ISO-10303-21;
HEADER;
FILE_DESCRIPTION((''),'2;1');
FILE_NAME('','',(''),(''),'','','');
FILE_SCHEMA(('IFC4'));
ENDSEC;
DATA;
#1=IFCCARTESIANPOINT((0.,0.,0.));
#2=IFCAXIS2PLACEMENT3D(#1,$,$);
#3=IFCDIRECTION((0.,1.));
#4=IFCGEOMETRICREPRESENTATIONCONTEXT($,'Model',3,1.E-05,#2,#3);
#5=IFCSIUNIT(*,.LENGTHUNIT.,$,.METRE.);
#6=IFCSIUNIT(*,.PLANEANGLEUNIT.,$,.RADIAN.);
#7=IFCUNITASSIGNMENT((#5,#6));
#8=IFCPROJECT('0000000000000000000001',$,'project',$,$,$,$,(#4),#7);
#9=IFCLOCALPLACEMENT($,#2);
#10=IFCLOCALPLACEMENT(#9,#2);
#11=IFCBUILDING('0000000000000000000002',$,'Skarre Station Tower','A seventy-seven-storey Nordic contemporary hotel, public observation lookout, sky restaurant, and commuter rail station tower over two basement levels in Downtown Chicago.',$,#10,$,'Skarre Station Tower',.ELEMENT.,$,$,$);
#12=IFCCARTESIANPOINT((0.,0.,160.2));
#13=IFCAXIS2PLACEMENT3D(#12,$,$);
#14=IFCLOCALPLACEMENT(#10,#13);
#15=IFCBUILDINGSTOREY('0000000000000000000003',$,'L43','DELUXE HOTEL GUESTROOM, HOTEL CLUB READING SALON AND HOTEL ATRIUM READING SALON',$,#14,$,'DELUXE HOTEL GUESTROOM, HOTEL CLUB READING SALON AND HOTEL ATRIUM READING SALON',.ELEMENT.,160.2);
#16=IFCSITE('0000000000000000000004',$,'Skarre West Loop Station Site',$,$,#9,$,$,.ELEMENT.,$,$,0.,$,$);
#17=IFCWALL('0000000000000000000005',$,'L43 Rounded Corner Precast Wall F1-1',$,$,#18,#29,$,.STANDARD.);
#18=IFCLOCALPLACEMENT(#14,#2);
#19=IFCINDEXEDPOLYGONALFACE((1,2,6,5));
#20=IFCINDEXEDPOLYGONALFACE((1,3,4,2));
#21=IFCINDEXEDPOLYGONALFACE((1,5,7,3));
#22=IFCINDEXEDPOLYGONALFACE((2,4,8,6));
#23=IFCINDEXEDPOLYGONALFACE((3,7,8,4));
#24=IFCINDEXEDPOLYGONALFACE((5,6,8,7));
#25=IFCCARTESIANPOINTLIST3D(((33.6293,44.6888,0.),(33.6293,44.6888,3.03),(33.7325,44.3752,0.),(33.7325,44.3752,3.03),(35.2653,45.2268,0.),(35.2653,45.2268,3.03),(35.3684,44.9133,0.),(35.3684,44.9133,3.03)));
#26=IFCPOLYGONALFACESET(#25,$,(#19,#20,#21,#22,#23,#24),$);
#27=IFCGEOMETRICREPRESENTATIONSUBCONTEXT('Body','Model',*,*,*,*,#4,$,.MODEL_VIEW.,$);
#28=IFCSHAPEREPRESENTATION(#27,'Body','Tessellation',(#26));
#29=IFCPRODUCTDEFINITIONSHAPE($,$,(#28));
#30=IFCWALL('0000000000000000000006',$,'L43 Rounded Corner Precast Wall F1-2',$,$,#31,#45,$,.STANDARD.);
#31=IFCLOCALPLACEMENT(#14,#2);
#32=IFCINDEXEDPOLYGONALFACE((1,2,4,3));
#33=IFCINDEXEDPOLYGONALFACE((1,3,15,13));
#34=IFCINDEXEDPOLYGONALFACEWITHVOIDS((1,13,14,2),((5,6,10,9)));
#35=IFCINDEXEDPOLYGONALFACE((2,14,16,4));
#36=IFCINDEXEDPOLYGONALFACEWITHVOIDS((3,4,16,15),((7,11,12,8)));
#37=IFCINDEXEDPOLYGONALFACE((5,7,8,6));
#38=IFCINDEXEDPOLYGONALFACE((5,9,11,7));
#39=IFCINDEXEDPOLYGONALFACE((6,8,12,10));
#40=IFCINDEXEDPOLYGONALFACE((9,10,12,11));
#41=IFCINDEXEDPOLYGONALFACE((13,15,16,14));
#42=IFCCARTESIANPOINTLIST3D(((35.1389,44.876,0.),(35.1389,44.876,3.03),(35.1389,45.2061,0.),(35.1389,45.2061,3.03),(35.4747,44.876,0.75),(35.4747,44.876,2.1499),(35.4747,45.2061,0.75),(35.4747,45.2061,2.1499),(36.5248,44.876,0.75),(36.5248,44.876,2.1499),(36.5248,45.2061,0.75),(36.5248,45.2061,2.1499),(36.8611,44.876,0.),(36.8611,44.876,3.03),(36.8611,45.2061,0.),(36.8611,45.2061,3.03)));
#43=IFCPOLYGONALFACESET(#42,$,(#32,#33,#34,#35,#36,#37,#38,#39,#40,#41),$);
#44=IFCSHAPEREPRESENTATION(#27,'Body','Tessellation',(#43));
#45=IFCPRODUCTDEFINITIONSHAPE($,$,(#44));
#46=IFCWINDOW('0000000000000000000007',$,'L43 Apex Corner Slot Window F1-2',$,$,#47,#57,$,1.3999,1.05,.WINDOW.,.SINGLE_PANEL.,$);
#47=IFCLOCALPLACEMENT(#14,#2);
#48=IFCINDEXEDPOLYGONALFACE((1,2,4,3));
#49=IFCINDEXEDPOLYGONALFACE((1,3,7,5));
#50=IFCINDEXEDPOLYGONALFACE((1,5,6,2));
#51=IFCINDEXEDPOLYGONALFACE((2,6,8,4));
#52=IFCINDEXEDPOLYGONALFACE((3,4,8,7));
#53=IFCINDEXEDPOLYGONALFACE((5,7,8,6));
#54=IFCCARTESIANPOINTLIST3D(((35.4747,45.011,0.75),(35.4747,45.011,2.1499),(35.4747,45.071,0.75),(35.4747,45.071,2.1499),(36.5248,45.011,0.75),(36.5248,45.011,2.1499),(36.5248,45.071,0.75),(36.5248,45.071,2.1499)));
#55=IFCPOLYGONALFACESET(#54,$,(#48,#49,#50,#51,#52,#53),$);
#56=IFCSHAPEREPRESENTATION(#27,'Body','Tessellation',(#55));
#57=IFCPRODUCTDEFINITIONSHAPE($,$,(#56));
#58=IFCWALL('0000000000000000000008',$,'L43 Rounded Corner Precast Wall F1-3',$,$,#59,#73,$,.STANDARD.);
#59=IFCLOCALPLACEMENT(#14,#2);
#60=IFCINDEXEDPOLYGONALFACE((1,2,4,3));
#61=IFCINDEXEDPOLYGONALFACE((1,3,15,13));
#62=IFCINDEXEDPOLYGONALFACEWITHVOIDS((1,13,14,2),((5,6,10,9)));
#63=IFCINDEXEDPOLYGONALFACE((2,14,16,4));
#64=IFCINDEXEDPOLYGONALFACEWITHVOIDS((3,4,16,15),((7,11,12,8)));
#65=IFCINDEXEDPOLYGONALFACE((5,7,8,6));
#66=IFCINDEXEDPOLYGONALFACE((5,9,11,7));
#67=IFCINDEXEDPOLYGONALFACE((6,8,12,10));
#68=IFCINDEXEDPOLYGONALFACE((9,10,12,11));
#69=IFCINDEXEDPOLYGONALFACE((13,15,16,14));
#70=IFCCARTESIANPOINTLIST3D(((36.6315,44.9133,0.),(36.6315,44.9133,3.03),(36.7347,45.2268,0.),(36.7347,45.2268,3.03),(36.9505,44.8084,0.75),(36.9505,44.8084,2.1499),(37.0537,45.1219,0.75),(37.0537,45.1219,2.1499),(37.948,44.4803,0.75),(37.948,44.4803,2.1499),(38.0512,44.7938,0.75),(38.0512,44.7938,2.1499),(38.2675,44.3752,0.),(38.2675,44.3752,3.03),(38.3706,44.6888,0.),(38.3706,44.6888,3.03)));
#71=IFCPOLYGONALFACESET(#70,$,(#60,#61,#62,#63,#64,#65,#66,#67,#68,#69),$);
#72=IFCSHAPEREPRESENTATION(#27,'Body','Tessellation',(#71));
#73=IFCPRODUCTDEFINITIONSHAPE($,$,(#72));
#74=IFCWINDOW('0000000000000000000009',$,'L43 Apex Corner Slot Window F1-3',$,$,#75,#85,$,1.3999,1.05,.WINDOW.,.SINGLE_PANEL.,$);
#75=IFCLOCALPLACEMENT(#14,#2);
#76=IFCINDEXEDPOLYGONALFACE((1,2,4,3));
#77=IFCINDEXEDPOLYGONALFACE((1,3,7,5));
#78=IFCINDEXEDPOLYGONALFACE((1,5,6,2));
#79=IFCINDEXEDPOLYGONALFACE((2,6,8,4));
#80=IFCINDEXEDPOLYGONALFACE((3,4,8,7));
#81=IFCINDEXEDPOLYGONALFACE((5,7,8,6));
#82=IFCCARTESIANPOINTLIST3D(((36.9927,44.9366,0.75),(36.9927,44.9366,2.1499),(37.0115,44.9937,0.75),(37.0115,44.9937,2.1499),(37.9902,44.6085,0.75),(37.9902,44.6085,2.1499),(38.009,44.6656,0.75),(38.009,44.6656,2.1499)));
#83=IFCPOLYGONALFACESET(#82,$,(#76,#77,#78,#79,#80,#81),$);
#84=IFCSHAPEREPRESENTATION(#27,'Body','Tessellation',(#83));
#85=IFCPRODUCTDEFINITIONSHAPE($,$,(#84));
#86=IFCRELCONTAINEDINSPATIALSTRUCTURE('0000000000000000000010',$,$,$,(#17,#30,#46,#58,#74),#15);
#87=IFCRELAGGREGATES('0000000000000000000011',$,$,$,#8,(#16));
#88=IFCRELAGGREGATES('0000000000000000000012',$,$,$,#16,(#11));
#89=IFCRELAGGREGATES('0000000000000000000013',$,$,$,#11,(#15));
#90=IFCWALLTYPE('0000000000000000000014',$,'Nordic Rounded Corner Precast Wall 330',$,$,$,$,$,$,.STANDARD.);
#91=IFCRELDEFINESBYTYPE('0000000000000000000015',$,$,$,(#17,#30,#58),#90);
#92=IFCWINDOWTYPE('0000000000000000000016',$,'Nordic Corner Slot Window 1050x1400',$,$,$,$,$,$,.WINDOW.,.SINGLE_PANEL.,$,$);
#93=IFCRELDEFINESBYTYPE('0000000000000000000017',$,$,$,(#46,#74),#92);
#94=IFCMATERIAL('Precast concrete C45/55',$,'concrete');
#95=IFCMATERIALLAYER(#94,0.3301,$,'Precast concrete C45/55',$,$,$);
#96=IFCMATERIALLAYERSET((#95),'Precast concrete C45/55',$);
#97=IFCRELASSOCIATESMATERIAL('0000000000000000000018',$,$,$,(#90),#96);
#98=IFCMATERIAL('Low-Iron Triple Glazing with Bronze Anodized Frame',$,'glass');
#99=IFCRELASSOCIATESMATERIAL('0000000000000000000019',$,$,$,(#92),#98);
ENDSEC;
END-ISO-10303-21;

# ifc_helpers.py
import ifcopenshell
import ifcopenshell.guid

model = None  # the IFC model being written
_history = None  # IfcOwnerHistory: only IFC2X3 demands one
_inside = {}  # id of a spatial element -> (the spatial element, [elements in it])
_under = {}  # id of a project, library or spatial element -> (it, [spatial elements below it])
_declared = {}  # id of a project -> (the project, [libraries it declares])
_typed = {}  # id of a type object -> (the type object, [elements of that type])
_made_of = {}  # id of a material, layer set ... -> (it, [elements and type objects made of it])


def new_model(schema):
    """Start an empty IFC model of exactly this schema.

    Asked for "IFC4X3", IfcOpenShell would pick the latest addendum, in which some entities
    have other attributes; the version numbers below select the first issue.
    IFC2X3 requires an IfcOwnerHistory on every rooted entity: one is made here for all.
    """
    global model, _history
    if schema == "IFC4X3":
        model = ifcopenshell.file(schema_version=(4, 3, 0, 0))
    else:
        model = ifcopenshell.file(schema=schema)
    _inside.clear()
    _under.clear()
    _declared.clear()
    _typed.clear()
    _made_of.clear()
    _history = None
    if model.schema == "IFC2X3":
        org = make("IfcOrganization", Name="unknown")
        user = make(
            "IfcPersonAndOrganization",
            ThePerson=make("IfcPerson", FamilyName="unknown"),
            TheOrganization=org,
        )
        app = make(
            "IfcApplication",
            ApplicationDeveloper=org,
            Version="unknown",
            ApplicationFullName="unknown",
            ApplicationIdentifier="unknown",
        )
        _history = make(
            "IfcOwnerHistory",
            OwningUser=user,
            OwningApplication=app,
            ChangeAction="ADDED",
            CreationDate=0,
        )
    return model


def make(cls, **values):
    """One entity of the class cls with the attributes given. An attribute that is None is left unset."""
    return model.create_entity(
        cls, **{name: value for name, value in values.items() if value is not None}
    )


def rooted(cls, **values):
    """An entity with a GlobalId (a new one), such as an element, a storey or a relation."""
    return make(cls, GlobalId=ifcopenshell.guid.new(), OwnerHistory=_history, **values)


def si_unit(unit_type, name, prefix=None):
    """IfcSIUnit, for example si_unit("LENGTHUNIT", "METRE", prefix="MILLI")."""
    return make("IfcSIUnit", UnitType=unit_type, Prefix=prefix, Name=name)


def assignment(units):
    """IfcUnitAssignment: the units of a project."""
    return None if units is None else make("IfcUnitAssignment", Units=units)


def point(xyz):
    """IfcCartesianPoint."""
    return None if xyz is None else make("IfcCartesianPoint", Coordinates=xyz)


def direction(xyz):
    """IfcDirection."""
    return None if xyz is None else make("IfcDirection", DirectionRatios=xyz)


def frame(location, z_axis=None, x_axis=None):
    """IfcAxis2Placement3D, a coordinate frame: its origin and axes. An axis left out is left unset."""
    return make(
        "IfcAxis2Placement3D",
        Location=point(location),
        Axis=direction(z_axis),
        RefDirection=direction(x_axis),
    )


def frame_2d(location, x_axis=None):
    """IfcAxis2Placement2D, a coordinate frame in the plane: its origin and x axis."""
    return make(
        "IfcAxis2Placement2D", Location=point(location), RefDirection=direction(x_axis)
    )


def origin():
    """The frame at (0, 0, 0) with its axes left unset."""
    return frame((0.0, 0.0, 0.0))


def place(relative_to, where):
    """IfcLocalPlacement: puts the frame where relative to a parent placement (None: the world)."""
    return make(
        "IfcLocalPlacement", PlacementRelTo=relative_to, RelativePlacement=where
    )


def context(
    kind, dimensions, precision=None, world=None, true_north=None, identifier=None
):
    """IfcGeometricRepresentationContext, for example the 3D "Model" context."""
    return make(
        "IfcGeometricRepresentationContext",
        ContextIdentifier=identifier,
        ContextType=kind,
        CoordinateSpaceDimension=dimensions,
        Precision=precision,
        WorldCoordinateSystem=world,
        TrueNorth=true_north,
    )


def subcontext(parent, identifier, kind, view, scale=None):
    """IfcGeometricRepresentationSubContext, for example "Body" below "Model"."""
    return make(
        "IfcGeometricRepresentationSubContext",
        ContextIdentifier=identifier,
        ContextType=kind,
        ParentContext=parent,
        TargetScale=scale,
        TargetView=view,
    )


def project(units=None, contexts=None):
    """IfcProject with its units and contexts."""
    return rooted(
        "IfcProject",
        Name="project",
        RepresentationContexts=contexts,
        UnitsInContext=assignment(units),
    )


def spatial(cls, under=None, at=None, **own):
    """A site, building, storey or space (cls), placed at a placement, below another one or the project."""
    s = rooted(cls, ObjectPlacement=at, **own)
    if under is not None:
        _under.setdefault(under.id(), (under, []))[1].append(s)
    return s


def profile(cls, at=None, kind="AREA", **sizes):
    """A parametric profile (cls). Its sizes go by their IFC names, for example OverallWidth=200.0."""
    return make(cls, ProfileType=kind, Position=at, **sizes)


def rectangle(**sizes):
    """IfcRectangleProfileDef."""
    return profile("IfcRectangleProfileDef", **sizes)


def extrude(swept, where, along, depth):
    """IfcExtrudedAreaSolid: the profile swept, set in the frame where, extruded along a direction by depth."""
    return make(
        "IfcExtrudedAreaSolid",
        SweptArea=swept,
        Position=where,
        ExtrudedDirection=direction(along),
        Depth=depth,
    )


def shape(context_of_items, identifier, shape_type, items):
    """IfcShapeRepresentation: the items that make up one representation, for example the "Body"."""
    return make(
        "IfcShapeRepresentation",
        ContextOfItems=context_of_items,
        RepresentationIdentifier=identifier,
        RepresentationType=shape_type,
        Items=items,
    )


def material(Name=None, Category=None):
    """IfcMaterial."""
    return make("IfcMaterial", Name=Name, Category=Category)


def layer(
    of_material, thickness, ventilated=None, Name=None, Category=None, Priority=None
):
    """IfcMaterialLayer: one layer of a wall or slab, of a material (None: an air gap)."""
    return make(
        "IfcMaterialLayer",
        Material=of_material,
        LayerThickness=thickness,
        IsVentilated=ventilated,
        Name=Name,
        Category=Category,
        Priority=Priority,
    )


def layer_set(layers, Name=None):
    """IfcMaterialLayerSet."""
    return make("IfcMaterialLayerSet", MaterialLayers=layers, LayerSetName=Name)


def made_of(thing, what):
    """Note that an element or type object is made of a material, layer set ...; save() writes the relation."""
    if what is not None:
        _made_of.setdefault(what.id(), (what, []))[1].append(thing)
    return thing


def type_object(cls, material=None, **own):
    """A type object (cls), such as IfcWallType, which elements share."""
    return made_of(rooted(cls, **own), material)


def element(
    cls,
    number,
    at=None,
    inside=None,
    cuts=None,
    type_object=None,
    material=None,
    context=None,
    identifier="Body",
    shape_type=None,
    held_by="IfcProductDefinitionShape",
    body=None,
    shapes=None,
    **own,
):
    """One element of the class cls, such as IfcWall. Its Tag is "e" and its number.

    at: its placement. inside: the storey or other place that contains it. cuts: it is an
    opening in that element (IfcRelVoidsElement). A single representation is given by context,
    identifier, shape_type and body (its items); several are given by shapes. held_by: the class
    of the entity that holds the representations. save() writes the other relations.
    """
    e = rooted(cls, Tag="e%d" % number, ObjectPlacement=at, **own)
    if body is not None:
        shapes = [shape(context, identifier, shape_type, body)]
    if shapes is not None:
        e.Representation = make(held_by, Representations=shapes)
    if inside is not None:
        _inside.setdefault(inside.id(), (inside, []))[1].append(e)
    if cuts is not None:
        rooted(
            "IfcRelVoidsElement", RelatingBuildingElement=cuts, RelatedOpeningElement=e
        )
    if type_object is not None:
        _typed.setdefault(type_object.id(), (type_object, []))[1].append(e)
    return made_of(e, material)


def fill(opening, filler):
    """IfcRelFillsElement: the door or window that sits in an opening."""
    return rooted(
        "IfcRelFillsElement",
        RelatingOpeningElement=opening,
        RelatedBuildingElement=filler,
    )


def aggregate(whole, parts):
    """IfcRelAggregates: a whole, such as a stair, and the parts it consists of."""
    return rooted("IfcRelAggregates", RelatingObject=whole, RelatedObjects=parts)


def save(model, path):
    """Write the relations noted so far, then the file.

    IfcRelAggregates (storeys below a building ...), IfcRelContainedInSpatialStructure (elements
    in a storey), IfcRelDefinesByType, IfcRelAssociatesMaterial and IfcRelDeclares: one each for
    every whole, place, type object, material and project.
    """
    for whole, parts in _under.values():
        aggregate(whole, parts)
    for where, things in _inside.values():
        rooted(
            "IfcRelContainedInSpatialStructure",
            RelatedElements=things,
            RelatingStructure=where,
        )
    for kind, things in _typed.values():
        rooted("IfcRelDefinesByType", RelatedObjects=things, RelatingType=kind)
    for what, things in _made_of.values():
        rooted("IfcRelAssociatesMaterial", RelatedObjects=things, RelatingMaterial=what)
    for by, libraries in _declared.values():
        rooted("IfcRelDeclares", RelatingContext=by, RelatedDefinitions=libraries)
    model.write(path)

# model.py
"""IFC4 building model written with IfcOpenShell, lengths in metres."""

from ifc_helpers import new_model, si_unit, direction, frame, frame_2d, origin, place, context, subcontext, project, spatial, rectangle, extrude, material, layer, layer_set, type_object, element, fill, save


model = new_model("IFC4")

# Units and contexts
model_context = context("Model", 3, precision=1e-05, world=origin(), true_north=direction((0.0, 1.0)))
body_context = subcontext(model_context, "Body", "Model", "MODEL_VIEW")
ifc_project = project(units=[si_unit("LENGTHUNIT", "METRE"), si_unit("PLANEANGLEUNIT", "RADIAN")], contexts=[model_context])

# Site, building, storey
site_placement = place(None, origin())
site = spatial("IfcSite", under=ifc_project, at=site_placement, Name="Skarre West Loop Station Site", CompositionType="ELEMENT", RefElevation=0.0)
building_placement = place(site_placement, origin())
building = spatial("IfcBuilding", under=site, at=building_placement, Name="Skarre Station Tower", Description="A seventy-seven-storey Nordic contemporary hotel, public observation lookout, sky restaurant, and commuter rail station tower over two basement levels in Downtown Chicago.", LongName="Skarre Station Tower", CompositionType="ELEMENT")
storey_placement = place(building_placement, frame((0.0, 0.0, 160.2)))
storey = spatial("IfcBuildingStorey", under=building, at=storey_placement, Name="L43", Description="DELUXE HOTEL GUESTROOM, HOTEL CLUB READING SALON AND HOTEL ATRIUM READING SALON", LongName="DELUXE HOTEL GUESTROOM, HOTEL CLUB READING SALON AND HOTEL ATRIUM READING SALON", CompositionType="ELEMENT", Elevation=160.2)

# Shared definitions
ifc_material_1 = material(Name="Precast concrete C45/55", Category="concrete")
ifc_material_2 = material(Name="Low-Iron Triple Glazing with Bronze Anodized Frame", Category="glass")

# Wall
ifc_layer_1 = layer(ifc_material_1, 0.3301, Name="Precast concrete C45/55")
ifc_layer_set_1 = layer_set([ifc_layer_1], Name="Precast concrete C45/55")
wall_type_1 = type_object("IfcWallType", Name="Nordic Rounded Corner Precast Wall 330", PredefinedType="STANDARD", material=ifc_layer_set_1)
wall_1_placement = place(storey_placement, frame((33.6809, 44.532, 0.0), z_axis=(0.0, 0.0, 1.0), x_axis=(0.949937, 0.31244, 0.0)))
element("IfcWall", 1, at=wall_1_placement, inside=storey, type_object=wall_type_1, Name="L43 Rounded Corner Precast Wall F1-1", PredefinedType="STANDARD", context=body_context, shape_type="SweptSolid", body=[
    extrude(rectangle(XDim=1.7222, YDim=0.3301, at=frame_2d((0.8611, 0.0))), origin(), (0.0, 0.0, 1.0), 3.03),
])

# Walls, openings, windows
wall_2_placement = place(storey_placement, frame((35.1389, 45.041, 0.0), z_axis=(0.0, 0.0, 1.0), x_axis=(1.0, 0.0, 0.0)))
wall_2 = element("IfcWall", 2, at=wall_2_placement, inside=storey, type_object=wall_type_1, Name="L43 Rounded Corner Precast Wall F1-2", PredefinedType="STANDARD", context=body_context, shape_type="SweptSolid", body=[
    extrude(rectangle(XDim=1.7222, YDim=0.3301, at=frame_2d((0.8611, 0.0))), origin(), (0.0, 0.0, 1.0), 3.03),
])
opening_1_placement = place(wall_2_placement, frame((0.3359, 0.0, 0.75)))
opening_1 = element("IfcOpeningElement", 3, at=opening_1_placement, cuts=wall_2, PredefinedType="OPENING", context=body_context, shape_type="SweptSolid", body=[
    extrude(rectangle(XDim=1.05, YDim=1.3999, at=frame_2d((0.5249, 0.7))), frame((0.0, 0.175, 0.0), z_axis=(0.0, -1.0, 0.0), x_axis=(1.0, 0.0, 0.0)), (0.0, 0.0, 1.0), 0.3501),
])
window_type_1 = type_object("IfcWindowType", Name="Nordic Corner Slot Window 1050x1400", PartitioningType="SINGLE_PANEL", PredefinedType="WINDOW", material=ifc_material_2)
window_1_placement = place(opening_1_placement, origin())
window_1 = element("IfcWindow", 4, at=window_1_placement, inside=storey, type_object=window_type_1, Name="L43 Apex Corner Slot Window F1-2", OverallHeight=1.3999, OverallWidth=1.05, PartitioningType="SINGLE_PANEL", PredefinedType="WINDOW", context=body_context, shape_type="SweptSolid", body=[
    extrude(rectangle(XDim=1.05, YDim=1.3999, at=frame_2d((0.5249, 0.7))), frame((0.0, 0.03, 0.0), z_axis=(0.0, -1.0, 0.0), x_axis=(1.0, 0.0, 0.0)), (0.0, 0.0, 1.0), 0.0601),
])
fill(opening_1, window_1)
wall_3_placement = place(storey_placement, frame((36.6831, 45.0701, 0.0), z_axis=(0.0, 0.0, 1.0), x_axis=(0.949937, -0.31244, 0.0)))
wall_3 = element("IfcWall", 5, at=wall_3_placement, inside=storey, type_object=wall_type_1, Name="L43 Rounded Corner Precast Wall F1-3", PredefinedType="STANDARD", context=body_context, shape_type="SweptSolid", body=[
    extrude(rectangle(XDim=1.7222, YDim=0.3301, at=frame_2d((0.8611, 0.0))), origin(), (0.0, 0.0, 1.0), 3.03),
])
opening_2_placement = place(wall_3_placement, frame((0.3359, 0.0, 0.75)))
opening_2 = element("IfcOpeningElement", 6, at=opening_2_placement, cuts=wall_3, PredefinedType="OPENING", context=body_context, shape_type="SweptSolid", body=[
    extrude(rectangle(XDim=1.05, YDim=1.3999, at=frame_2d((0.5249, 0.7))), frame((0.0, 0.175, 0.0), z_axis=(0.0, -1.0, 0.0), x_axis=(1.0, 0.0, 0.0)), (0.0, 0.0, 1.0), 0.3501),
])
window_2_placement = place(opening_2_placement, origin())
window_2 = element("IfcWindow", 7, at=window_2_placement, inside=storey, type_object=window_type_1, Name="L43 Apex Corner Slot Window F1-3", OverallHeight=1.3999, OverallWidth=1.05, PartitioningType="SINGLE_PANEL", PredefinedType="WINDOW", context=body_context, shape_type="SweptSolid", body=[
    extrude(rectangle(XDim=1.05, YDim=1.3999, at=frame_2d((0.5249, 0.7))), frame((0.0, 0.03, 0.0), z_axis=(0.0, -1.0, 0.0), x_axis=(1.0, 0.0, 0.0)), (0.0, 0.0, 1.0), 0.0601),
])
fill(opening_2, window_2)

save(model, "model.ifc")
